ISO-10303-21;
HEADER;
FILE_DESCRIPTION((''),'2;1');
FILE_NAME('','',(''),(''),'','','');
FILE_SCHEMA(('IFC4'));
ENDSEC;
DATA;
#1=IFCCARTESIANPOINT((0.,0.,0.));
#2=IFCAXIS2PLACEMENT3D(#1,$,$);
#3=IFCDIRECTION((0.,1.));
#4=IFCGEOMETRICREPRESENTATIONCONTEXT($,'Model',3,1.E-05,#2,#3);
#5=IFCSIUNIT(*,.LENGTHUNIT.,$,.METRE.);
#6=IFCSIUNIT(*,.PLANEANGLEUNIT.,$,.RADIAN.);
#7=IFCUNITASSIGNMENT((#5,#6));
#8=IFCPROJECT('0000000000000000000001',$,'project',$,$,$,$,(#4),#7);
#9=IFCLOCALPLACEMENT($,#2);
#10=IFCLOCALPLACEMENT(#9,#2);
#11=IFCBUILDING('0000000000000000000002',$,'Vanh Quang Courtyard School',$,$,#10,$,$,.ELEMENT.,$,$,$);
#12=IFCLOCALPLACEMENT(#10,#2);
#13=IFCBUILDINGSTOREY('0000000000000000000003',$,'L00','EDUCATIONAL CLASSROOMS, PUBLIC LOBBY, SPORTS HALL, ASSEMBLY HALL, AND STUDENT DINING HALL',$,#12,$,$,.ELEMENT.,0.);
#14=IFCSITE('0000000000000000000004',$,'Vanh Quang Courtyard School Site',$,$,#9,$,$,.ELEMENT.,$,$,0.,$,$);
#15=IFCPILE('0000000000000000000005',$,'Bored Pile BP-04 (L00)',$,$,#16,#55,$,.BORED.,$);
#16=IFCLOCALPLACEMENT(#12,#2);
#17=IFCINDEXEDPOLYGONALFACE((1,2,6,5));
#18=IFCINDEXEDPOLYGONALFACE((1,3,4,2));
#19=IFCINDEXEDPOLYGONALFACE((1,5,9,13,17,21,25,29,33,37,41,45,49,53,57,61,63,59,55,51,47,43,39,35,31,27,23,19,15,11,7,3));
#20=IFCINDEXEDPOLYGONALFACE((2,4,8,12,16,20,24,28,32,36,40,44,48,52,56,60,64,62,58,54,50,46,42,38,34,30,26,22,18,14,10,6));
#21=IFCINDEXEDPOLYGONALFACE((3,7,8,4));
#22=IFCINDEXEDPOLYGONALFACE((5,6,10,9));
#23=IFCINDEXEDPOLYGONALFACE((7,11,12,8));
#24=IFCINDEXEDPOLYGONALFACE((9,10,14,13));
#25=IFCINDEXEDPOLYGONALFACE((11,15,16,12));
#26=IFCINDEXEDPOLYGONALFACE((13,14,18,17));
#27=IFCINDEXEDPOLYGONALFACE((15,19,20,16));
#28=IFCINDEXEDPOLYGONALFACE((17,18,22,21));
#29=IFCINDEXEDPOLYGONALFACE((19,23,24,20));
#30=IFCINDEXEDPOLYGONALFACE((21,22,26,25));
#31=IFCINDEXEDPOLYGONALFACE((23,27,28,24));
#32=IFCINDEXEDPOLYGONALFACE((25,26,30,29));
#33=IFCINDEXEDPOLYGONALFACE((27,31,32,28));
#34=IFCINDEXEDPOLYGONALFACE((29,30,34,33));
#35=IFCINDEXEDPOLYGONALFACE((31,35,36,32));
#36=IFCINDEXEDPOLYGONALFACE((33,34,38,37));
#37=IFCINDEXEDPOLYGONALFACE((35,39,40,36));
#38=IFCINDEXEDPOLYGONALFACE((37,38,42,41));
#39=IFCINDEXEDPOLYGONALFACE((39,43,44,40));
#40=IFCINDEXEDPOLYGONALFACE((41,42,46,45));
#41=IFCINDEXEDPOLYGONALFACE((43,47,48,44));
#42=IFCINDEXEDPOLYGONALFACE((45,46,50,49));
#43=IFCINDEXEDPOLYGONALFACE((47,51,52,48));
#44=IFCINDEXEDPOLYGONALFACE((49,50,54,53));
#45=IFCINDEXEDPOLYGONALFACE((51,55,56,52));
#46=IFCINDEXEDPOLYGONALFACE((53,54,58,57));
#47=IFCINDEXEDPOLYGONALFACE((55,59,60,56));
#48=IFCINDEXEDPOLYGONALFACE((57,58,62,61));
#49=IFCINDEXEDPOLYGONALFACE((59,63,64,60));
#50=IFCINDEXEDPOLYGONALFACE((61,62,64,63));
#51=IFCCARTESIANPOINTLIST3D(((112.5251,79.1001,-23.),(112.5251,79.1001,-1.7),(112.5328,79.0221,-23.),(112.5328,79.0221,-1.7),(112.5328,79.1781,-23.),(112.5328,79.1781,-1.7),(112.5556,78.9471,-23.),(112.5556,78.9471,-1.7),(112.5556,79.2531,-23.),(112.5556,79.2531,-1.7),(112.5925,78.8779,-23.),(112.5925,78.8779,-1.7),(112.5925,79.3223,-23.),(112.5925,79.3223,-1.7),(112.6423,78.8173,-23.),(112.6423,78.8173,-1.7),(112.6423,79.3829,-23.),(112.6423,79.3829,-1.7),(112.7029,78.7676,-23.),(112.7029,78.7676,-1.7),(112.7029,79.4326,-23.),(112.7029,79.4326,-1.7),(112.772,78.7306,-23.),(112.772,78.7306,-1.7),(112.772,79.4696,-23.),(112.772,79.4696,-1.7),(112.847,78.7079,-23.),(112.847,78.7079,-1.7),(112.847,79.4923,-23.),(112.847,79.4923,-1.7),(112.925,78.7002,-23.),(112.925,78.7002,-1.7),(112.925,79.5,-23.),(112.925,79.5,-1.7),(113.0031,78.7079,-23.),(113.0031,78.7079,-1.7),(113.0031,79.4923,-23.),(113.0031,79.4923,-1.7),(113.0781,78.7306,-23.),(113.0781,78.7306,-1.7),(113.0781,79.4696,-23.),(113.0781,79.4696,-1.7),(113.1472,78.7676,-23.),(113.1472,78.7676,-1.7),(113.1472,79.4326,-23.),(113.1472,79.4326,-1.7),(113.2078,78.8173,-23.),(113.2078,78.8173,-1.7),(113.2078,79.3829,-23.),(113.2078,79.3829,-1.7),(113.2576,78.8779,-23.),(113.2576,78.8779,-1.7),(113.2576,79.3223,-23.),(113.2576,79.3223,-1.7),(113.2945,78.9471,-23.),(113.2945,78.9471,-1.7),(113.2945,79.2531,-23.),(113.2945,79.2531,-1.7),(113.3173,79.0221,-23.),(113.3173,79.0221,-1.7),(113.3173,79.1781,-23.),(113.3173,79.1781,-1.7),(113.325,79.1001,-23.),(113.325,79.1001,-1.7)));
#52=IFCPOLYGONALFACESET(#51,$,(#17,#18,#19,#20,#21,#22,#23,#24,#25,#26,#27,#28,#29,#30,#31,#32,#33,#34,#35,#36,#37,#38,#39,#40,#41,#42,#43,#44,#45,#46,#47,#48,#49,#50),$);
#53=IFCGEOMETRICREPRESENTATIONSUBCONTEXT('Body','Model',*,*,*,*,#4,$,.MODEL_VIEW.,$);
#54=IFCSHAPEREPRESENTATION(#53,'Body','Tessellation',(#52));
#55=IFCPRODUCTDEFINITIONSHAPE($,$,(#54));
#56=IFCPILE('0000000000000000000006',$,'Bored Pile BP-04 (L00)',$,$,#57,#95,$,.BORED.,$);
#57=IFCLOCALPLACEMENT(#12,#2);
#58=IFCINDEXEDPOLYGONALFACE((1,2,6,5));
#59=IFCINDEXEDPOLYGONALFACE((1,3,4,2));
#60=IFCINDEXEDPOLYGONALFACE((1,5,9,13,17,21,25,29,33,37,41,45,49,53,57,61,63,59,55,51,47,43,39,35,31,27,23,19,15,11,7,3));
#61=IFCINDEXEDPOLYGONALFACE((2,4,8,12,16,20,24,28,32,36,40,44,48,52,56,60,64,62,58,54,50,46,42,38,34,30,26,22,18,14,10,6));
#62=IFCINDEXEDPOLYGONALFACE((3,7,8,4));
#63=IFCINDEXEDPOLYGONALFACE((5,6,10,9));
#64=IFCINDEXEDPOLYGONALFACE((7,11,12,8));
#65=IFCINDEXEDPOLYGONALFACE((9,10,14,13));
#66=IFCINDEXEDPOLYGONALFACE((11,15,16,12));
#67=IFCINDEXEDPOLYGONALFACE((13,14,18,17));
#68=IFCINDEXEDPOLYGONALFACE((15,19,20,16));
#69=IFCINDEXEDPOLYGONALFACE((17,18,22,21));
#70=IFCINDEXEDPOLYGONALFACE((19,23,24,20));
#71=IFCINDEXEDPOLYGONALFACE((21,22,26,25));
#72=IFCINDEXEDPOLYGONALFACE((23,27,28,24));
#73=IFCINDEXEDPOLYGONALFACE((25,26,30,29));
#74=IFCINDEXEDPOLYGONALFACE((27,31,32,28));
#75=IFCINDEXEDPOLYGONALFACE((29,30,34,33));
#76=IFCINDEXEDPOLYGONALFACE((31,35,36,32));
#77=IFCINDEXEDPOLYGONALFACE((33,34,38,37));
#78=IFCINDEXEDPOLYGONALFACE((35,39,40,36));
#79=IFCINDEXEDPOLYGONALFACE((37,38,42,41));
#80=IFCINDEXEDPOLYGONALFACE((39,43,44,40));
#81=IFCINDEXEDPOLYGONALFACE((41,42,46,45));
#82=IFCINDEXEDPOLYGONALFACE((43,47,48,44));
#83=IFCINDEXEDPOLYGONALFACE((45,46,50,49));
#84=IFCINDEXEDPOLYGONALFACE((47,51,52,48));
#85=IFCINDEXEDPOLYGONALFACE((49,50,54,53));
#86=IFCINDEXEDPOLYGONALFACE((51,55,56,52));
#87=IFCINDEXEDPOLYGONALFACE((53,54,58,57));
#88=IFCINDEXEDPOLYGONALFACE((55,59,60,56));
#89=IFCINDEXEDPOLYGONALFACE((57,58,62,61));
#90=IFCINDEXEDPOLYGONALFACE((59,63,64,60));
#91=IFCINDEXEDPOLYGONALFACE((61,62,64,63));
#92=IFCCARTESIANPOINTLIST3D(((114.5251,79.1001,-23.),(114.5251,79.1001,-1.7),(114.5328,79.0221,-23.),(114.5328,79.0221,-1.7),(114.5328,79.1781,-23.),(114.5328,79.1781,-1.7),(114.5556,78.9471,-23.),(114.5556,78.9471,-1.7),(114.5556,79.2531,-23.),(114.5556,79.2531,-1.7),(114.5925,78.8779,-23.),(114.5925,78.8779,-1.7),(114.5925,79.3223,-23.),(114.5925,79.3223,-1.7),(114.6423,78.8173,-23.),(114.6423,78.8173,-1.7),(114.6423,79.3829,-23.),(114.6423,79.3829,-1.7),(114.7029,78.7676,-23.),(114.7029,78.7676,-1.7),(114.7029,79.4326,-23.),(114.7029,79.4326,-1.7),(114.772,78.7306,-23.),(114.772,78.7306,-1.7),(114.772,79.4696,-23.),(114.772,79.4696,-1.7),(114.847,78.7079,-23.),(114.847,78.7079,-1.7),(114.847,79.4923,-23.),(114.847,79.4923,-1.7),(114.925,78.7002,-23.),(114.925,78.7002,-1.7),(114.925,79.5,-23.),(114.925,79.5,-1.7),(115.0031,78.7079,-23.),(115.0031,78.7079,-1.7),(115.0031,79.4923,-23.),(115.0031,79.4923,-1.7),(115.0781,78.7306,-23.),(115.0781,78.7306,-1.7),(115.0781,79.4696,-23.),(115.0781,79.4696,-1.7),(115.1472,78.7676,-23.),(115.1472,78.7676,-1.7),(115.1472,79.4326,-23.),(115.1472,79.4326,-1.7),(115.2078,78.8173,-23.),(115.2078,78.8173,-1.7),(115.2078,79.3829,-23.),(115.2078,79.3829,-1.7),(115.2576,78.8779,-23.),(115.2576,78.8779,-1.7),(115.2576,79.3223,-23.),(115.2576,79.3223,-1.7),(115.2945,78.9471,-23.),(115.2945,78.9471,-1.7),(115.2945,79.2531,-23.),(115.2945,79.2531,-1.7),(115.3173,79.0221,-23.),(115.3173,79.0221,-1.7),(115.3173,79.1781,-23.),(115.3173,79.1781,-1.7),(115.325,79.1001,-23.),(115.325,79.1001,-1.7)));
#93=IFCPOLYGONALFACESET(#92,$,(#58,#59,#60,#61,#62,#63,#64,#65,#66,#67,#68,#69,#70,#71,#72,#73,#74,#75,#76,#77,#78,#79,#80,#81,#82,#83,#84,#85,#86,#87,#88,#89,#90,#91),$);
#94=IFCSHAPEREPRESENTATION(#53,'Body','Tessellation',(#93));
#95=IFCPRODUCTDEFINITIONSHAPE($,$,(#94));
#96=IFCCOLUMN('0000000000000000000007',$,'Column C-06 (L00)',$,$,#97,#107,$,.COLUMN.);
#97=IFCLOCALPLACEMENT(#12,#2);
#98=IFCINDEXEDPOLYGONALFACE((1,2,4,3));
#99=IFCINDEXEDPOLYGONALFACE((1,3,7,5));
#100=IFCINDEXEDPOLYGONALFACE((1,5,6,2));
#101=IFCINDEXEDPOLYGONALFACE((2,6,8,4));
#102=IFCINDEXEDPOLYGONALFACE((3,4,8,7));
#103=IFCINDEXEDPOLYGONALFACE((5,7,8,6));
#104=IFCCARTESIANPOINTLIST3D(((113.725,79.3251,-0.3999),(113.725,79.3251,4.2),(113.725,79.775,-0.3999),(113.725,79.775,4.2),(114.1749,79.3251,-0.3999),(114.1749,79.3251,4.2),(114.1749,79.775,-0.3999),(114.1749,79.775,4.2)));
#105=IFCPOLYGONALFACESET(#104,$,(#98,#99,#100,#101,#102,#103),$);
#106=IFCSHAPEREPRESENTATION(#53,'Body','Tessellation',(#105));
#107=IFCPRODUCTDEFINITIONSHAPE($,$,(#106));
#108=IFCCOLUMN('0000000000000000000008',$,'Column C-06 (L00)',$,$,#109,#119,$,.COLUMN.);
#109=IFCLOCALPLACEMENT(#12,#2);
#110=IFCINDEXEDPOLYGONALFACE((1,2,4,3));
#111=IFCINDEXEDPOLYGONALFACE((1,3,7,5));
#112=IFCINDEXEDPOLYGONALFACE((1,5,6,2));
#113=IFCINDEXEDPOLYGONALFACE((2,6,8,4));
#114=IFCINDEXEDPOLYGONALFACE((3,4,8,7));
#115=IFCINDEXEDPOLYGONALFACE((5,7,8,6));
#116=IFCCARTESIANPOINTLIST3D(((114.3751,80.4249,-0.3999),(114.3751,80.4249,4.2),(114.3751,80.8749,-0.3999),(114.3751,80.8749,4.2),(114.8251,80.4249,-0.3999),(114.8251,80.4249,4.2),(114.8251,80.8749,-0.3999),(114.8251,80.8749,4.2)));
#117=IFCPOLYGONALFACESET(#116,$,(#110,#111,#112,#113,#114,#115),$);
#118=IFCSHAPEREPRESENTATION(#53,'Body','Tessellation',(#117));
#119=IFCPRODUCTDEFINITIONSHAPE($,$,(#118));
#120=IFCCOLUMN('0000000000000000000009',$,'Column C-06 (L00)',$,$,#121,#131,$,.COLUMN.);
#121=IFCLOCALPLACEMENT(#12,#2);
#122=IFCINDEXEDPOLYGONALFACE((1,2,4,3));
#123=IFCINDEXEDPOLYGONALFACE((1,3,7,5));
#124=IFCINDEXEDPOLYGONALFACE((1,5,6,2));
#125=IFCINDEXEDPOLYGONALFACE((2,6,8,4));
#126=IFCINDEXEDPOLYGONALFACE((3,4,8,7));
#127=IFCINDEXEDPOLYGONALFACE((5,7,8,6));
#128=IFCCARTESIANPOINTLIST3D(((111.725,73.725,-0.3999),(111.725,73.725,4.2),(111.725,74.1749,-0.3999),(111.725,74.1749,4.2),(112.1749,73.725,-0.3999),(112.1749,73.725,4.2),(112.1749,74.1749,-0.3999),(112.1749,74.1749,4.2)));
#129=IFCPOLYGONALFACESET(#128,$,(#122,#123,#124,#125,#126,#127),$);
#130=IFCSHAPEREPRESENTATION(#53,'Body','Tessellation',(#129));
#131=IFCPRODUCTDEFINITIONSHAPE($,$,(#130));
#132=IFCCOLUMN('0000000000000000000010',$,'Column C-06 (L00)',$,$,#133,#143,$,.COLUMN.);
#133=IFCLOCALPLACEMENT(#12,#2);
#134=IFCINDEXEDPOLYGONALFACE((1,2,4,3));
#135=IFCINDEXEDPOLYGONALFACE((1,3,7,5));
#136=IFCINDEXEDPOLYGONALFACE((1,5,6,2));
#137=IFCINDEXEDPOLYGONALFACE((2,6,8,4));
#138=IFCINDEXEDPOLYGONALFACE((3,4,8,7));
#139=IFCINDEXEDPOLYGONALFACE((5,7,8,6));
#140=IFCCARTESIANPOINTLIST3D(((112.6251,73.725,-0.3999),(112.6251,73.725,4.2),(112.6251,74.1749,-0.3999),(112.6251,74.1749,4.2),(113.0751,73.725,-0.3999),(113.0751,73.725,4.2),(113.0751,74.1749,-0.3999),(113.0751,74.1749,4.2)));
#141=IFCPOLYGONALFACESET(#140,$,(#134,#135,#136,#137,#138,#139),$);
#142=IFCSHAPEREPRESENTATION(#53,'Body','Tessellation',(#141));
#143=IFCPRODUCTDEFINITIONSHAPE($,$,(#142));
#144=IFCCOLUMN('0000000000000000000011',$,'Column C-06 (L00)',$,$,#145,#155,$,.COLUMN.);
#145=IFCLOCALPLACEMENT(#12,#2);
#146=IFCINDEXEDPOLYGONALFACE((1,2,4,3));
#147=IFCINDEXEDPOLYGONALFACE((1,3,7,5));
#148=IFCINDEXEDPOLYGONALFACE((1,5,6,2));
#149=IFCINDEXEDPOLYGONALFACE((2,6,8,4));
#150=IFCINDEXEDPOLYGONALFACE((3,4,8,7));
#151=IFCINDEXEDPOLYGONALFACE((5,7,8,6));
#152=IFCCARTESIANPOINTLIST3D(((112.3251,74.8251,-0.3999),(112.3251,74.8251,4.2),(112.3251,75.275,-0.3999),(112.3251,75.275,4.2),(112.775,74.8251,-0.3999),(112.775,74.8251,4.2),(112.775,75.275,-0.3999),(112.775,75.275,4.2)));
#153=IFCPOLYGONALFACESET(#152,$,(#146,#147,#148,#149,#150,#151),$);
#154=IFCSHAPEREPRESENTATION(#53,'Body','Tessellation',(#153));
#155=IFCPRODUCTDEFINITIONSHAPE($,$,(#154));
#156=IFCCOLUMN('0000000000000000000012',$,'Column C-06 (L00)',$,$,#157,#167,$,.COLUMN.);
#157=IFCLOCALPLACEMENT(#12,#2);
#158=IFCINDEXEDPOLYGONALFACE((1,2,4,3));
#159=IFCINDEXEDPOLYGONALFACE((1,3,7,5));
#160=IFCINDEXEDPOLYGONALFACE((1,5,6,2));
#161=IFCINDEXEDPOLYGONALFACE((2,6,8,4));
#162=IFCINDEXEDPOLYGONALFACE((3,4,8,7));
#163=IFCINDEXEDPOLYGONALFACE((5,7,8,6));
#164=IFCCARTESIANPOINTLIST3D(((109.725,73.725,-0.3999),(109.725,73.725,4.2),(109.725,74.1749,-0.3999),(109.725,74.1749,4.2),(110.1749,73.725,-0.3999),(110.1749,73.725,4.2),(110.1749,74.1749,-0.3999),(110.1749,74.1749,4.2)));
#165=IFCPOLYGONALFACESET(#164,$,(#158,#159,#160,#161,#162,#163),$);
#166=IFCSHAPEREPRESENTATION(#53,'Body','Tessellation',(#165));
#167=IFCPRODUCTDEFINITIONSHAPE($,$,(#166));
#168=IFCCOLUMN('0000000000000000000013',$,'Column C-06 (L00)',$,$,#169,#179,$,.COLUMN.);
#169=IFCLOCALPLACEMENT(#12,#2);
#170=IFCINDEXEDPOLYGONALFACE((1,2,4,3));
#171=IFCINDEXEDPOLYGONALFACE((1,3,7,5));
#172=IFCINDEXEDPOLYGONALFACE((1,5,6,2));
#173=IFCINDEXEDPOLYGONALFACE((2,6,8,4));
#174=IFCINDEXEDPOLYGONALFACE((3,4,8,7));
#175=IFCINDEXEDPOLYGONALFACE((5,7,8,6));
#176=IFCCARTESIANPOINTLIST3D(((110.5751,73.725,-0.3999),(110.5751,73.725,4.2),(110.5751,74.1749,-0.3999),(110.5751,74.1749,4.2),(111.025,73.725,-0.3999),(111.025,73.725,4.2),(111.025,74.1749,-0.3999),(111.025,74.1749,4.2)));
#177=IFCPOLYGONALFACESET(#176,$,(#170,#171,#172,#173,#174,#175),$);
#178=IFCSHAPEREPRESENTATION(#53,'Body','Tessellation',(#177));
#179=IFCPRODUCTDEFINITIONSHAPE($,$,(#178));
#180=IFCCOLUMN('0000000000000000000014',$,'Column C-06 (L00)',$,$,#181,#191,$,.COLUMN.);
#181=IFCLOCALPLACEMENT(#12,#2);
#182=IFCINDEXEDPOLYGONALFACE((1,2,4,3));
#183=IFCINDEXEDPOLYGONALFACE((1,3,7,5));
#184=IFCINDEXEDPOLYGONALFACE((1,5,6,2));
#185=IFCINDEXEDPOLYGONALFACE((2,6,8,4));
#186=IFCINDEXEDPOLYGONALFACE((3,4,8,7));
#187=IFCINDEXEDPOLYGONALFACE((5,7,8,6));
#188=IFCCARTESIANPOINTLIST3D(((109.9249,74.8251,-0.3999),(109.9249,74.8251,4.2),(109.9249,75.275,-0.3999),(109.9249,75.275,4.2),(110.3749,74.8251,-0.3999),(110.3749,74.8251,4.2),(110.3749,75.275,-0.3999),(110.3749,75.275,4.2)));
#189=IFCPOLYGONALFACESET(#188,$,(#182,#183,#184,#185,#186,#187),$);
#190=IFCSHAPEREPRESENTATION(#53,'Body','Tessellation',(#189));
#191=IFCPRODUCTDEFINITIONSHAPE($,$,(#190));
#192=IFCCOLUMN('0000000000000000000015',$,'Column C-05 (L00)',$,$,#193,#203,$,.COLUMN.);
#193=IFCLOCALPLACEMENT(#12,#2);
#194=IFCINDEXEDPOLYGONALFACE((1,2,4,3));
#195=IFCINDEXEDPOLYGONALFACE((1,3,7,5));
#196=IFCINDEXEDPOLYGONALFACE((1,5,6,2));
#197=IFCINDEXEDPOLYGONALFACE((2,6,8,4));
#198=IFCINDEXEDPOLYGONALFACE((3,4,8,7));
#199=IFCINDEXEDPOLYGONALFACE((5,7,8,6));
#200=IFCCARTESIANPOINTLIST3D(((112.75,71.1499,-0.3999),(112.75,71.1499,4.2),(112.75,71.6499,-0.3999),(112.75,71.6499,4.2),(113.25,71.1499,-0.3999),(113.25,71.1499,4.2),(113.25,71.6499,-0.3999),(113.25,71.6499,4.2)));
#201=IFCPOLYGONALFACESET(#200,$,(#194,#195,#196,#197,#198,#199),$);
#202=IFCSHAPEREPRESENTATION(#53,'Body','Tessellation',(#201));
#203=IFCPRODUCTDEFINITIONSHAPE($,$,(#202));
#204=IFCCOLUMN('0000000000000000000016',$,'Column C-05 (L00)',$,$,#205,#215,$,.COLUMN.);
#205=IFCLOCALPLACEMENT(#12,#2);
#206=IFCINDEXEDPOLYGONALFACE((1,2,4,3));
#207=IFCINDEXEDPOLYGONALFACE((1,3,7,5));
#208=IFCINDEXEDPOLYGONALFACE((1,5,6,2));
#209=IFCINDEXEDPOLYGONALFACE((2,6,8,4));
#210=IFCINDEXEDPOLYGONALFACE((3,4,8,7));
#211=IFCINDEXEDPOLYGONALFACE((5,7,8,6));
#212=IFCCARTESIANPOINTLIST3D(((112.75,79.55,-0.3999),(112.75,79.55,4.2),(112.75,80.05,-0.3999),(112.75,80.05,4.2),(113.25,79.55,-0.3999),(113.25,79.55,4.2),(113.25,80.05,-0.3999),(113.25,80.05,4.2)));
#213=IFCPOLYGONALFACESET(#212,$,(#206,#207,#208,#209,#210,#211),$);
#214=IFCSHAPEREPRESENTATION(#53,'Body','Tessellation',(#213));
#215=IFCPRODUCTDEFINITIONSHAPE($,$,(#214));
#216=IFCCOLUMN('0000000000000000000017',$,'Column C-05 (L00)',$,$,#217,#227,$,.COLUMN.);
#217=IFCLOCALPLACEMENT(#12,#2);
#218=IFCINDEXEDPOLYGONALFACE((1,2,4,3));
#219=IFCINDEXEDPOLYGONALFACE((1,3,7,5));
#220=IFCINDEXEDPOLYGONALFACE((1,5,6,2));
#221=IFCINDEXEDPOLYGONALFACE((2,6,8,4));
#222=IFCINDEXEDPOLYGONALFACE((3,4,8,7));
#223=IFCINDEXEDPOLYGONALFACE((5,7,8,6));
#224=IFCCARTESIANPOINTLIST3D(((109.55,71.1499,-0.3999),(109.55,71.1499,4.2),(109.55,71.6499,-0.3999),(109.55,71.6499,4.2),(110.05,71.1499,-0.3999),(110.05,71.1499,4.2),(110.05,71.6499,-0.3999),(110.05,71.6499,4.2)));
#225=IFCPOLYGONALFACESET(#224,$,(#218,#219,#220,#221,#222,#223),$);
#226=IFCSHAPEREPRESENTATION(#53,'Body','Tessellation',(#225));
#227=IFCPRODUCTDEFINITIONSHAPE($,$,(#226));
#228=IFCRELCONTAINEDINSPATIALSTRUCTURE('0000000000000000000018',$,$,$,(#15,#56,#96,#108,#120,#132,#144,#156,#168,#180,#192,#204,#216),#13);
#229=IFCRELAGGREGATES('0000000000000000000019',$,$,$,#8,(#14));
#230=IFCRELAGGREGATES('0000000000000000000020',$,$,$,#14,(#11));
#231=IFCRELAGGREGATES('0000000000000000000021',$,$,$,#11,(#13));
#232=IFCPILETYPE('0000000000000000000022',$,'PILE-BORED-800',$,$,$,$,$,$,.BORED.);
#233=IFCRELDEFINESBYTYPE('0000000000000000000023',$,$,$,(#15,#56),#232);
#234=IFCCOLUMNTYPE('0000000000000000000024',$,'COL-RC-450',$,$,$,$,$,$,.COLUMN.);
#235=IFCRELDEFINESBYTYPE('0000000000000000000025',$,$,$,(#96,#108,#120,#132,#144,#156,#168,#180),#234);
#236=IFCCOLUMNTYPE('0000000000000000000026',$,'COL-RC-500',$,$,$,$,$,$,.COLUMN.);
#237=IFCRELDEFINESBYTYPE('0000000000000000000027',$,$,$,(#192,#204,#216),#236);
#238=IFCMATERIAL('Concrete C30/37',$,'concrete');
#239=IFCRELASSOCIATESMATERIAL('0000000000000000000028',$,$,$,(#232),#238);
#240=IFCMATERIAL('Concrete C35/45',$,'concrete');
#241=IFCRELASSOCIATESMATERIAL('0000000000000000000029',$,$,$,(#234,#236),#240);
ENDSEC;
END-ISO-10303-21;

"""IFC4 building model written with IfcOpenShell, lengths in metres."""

from ifc_helpers import new_model, si_unit, direction, frame, origin, origin_2d, place, context, subcontext, project, spatial, rectangle, circle, extrude, material, material_profile, profile_set, type_object, element, save


model = new_model("IFC4")

# Units and contexts
model_context = context("Model", 3, precision=1e-05, world=origin(), true_north=direction((0.0, 1.0)))
body_context = subcontext(model_context, "Body", "Model", "MODEL_VIEW")
ifc_project = project(units=[si_unit("LENGTHUNIT", "METRE"), si_unit("PLANEANGLEUNIT", "RADIAN")], contexts=[model_context])

# Site, building, storey
site_placement = place(None, origin())
site = spatial("IfcSite", under=ifc_project, at=site_placement, Name="Vanh Quang Courtyard School Site", CompositionType="ELEMENT", RefElevation=0.0)
building_placement = place(site_placement, origin())
building = spatial("IfcBuilding", under=site, at=building_placement, Name="Vanh Quang Courtyard School", CompositionType="ELEMENT")
storey_placement = place(building_placement, origin())
storey = spatial("IfcBuildingStorey", under=building, at=storey_placement, Name="L00", Description="EDUCATIONAL CLASSROOMS, PUBLIC LOBBY, SPORTS HALL, ASSEMBLY HALL, AND STUDENT DINING HALL", CompositionType="ELEMENT", Elevation=0.0)

# Shared definitions
ifc_material_1 = material(Name="Concrete C35/45", Category="concrete")

# Piles
ifc_material_2 = material(Name="Concrete C30/37", Category="concrete")
ifc_material_profile_1 = material_profile(ifc_material_2, circle(Radius=0.3999, at=origin_2d()), Name="PILE D800")
ifc_profile_set_1 = profile_set([ifc_material_profile_1], Name="Concrete C30/37")
pile_type = type_object("IfcPileType", Name="PILE-BORED-800", PredefinedType="BORED", material=ifc_profile_set_1)
for number, where, z_axis, x_axis, name in (
    (1, (112.925, 79.1001, -1.7), (0.0, 0.0, -1.0), (1.0, 0.0, 0.0), "Bored Pile BP-04 (L00)"),
    (2, (114.925, 79.1001, -1.7), (0.0, 0.0, -1.0), (1.0, 0.0, 0.0), "Bored Pile BP-04 (L00)"),
):
    element("IfcPile", number, at=place(storey_placement, frame(where, z_axis=z_axis, x_axis=x_axis)), inside=storey, type_object=pile_type, Name=name, PredefinedType="BORED", context=body_context, shape_type="SweptSolid", body=[
        extrude(circle(Radius=0.3999, at=origin_2d()), origin(), (0.0, 0.0, 1.0), 21.3),
    ])

# Columns
ifc_material_profile_2 = material_profile(ifc_material_1, rectangle(XDim=0.45, YDim=0.45, at=origin_2d()), Name="RC-COL 450x450")
ifc_profile_set_2 = profile_set([ifc_material_profile_2], Name="Concrete C35/45")
column_type_1 = type_object("IfcColumnType", Name="COL-RC-450", PredefinedType="COLUMN", material=ifc_profile_set_2)
for number, where, z_axis, x_axis, name in (
    (3, (113.95, 79.55, -0.3999), (0.0, 0.0, 1.0), (1.0, 0.0, 0.0), "Column C-06 (L00)"),
    (4, (114.6001, 80.6499, -0.3999), (0.0, 0.0, 1.0), (1.0, 0.0, 0.0), "Column C-06 (L00)"),
    (5, (111.95, 73.95, -0.3999), (0.0, 0.0, 1.0), (1.0, 0.0, 0.0), "Column C-06 (L00)"),
    (6, (112.8501, 73.95, -0.3999), (0.0, 0.0, 1.0), (1.0, 0.0, 0.0), "Column C-06 (L00)"),
    (7, (112.55, 75.05, -0.3999), (0.0, 0.0, 1.0), (1.0, 0.0, 0.0), "Column C-06 (L00)"),
    (8, (109.95, 73.95, -0.3999), (0.0, 0.0, 1.0), (1.0, 0.0, 0.0), "Column C-06 (L00)"),
    (9, (110.8, 73.95, -0.3999), (0.0, 0.0, 1.0), (1.0, 0.0, 0.0), "Column C-06 (L00)"),
    (10, (110.1499, 75.05, -0.3999), (0.0, 0.0, 1.0), (1.0, 0.0, 0.0), "Column C-06 (L00)"),
):
    element("IfcColumn", number, at=place(storey_placement, frame(where, z_axis=z_axis, x_axis=x_axis)), inside=storey, type_object=column_type_1, Name=name, PredefinedType="COLUMN", context=body_context, shape_type="SweptSolid", body=[
        extrude(rectangle(XDim=0.45, YDim=0.45, at=origin_2d()), origin(), (0.0, 0.0, 1.0), 4.5999),
    ])
ifc_material_profile_3 = material_profile(ifc_material_1, rectangle(XDim=0.5, YDim=0.5, at=origin_2d()), Name="RC-COL 500x500")
ifc_profile_set_3 = profile_set([ifc_material_profile_3], Name="Concrete C35/45")
column_type_2 = type_object("IfcColumnType", Name="COL-RC-500", PredefinedType="COLUMN", material=ifc_profile_set_3)
for number, where, z_axis, x_axis, name in (
    (11, (113.0, 71.3999, -0.3999), (0.0, 0.0, 1.0), (1.0, 0.0, 0.0), "Column C-05 (L00)"),
    (12, (113.0, 79.8, -0.3999), (0.0, 0.0, 1.0), (1.0, 0.0, 0.0), "Column C-05 (L00)"),
    (13, (109.8, 71.3999, -0.3999), (0.0, 0.0, 1.0), (1.0, 0.0, 0.0), "Column C-05 (L00)"),
):
    element("IfcColumn", number, at=place(storey_placement, frame(where, z_axis=z_axis, x_axis=x_axis)), inside=storey, type_object=column_type_2, Name=name, PredefinedType="COLUMN", context=body_context, shape_type="SweptSolid", body=[
        extrude(rectangle(XDim=0.5, YDim=0.5, at=origin_2d()), origin(), (0.0, 0.0, 1.0), 4.5999),
    ])

save(model, "model.ifc")
